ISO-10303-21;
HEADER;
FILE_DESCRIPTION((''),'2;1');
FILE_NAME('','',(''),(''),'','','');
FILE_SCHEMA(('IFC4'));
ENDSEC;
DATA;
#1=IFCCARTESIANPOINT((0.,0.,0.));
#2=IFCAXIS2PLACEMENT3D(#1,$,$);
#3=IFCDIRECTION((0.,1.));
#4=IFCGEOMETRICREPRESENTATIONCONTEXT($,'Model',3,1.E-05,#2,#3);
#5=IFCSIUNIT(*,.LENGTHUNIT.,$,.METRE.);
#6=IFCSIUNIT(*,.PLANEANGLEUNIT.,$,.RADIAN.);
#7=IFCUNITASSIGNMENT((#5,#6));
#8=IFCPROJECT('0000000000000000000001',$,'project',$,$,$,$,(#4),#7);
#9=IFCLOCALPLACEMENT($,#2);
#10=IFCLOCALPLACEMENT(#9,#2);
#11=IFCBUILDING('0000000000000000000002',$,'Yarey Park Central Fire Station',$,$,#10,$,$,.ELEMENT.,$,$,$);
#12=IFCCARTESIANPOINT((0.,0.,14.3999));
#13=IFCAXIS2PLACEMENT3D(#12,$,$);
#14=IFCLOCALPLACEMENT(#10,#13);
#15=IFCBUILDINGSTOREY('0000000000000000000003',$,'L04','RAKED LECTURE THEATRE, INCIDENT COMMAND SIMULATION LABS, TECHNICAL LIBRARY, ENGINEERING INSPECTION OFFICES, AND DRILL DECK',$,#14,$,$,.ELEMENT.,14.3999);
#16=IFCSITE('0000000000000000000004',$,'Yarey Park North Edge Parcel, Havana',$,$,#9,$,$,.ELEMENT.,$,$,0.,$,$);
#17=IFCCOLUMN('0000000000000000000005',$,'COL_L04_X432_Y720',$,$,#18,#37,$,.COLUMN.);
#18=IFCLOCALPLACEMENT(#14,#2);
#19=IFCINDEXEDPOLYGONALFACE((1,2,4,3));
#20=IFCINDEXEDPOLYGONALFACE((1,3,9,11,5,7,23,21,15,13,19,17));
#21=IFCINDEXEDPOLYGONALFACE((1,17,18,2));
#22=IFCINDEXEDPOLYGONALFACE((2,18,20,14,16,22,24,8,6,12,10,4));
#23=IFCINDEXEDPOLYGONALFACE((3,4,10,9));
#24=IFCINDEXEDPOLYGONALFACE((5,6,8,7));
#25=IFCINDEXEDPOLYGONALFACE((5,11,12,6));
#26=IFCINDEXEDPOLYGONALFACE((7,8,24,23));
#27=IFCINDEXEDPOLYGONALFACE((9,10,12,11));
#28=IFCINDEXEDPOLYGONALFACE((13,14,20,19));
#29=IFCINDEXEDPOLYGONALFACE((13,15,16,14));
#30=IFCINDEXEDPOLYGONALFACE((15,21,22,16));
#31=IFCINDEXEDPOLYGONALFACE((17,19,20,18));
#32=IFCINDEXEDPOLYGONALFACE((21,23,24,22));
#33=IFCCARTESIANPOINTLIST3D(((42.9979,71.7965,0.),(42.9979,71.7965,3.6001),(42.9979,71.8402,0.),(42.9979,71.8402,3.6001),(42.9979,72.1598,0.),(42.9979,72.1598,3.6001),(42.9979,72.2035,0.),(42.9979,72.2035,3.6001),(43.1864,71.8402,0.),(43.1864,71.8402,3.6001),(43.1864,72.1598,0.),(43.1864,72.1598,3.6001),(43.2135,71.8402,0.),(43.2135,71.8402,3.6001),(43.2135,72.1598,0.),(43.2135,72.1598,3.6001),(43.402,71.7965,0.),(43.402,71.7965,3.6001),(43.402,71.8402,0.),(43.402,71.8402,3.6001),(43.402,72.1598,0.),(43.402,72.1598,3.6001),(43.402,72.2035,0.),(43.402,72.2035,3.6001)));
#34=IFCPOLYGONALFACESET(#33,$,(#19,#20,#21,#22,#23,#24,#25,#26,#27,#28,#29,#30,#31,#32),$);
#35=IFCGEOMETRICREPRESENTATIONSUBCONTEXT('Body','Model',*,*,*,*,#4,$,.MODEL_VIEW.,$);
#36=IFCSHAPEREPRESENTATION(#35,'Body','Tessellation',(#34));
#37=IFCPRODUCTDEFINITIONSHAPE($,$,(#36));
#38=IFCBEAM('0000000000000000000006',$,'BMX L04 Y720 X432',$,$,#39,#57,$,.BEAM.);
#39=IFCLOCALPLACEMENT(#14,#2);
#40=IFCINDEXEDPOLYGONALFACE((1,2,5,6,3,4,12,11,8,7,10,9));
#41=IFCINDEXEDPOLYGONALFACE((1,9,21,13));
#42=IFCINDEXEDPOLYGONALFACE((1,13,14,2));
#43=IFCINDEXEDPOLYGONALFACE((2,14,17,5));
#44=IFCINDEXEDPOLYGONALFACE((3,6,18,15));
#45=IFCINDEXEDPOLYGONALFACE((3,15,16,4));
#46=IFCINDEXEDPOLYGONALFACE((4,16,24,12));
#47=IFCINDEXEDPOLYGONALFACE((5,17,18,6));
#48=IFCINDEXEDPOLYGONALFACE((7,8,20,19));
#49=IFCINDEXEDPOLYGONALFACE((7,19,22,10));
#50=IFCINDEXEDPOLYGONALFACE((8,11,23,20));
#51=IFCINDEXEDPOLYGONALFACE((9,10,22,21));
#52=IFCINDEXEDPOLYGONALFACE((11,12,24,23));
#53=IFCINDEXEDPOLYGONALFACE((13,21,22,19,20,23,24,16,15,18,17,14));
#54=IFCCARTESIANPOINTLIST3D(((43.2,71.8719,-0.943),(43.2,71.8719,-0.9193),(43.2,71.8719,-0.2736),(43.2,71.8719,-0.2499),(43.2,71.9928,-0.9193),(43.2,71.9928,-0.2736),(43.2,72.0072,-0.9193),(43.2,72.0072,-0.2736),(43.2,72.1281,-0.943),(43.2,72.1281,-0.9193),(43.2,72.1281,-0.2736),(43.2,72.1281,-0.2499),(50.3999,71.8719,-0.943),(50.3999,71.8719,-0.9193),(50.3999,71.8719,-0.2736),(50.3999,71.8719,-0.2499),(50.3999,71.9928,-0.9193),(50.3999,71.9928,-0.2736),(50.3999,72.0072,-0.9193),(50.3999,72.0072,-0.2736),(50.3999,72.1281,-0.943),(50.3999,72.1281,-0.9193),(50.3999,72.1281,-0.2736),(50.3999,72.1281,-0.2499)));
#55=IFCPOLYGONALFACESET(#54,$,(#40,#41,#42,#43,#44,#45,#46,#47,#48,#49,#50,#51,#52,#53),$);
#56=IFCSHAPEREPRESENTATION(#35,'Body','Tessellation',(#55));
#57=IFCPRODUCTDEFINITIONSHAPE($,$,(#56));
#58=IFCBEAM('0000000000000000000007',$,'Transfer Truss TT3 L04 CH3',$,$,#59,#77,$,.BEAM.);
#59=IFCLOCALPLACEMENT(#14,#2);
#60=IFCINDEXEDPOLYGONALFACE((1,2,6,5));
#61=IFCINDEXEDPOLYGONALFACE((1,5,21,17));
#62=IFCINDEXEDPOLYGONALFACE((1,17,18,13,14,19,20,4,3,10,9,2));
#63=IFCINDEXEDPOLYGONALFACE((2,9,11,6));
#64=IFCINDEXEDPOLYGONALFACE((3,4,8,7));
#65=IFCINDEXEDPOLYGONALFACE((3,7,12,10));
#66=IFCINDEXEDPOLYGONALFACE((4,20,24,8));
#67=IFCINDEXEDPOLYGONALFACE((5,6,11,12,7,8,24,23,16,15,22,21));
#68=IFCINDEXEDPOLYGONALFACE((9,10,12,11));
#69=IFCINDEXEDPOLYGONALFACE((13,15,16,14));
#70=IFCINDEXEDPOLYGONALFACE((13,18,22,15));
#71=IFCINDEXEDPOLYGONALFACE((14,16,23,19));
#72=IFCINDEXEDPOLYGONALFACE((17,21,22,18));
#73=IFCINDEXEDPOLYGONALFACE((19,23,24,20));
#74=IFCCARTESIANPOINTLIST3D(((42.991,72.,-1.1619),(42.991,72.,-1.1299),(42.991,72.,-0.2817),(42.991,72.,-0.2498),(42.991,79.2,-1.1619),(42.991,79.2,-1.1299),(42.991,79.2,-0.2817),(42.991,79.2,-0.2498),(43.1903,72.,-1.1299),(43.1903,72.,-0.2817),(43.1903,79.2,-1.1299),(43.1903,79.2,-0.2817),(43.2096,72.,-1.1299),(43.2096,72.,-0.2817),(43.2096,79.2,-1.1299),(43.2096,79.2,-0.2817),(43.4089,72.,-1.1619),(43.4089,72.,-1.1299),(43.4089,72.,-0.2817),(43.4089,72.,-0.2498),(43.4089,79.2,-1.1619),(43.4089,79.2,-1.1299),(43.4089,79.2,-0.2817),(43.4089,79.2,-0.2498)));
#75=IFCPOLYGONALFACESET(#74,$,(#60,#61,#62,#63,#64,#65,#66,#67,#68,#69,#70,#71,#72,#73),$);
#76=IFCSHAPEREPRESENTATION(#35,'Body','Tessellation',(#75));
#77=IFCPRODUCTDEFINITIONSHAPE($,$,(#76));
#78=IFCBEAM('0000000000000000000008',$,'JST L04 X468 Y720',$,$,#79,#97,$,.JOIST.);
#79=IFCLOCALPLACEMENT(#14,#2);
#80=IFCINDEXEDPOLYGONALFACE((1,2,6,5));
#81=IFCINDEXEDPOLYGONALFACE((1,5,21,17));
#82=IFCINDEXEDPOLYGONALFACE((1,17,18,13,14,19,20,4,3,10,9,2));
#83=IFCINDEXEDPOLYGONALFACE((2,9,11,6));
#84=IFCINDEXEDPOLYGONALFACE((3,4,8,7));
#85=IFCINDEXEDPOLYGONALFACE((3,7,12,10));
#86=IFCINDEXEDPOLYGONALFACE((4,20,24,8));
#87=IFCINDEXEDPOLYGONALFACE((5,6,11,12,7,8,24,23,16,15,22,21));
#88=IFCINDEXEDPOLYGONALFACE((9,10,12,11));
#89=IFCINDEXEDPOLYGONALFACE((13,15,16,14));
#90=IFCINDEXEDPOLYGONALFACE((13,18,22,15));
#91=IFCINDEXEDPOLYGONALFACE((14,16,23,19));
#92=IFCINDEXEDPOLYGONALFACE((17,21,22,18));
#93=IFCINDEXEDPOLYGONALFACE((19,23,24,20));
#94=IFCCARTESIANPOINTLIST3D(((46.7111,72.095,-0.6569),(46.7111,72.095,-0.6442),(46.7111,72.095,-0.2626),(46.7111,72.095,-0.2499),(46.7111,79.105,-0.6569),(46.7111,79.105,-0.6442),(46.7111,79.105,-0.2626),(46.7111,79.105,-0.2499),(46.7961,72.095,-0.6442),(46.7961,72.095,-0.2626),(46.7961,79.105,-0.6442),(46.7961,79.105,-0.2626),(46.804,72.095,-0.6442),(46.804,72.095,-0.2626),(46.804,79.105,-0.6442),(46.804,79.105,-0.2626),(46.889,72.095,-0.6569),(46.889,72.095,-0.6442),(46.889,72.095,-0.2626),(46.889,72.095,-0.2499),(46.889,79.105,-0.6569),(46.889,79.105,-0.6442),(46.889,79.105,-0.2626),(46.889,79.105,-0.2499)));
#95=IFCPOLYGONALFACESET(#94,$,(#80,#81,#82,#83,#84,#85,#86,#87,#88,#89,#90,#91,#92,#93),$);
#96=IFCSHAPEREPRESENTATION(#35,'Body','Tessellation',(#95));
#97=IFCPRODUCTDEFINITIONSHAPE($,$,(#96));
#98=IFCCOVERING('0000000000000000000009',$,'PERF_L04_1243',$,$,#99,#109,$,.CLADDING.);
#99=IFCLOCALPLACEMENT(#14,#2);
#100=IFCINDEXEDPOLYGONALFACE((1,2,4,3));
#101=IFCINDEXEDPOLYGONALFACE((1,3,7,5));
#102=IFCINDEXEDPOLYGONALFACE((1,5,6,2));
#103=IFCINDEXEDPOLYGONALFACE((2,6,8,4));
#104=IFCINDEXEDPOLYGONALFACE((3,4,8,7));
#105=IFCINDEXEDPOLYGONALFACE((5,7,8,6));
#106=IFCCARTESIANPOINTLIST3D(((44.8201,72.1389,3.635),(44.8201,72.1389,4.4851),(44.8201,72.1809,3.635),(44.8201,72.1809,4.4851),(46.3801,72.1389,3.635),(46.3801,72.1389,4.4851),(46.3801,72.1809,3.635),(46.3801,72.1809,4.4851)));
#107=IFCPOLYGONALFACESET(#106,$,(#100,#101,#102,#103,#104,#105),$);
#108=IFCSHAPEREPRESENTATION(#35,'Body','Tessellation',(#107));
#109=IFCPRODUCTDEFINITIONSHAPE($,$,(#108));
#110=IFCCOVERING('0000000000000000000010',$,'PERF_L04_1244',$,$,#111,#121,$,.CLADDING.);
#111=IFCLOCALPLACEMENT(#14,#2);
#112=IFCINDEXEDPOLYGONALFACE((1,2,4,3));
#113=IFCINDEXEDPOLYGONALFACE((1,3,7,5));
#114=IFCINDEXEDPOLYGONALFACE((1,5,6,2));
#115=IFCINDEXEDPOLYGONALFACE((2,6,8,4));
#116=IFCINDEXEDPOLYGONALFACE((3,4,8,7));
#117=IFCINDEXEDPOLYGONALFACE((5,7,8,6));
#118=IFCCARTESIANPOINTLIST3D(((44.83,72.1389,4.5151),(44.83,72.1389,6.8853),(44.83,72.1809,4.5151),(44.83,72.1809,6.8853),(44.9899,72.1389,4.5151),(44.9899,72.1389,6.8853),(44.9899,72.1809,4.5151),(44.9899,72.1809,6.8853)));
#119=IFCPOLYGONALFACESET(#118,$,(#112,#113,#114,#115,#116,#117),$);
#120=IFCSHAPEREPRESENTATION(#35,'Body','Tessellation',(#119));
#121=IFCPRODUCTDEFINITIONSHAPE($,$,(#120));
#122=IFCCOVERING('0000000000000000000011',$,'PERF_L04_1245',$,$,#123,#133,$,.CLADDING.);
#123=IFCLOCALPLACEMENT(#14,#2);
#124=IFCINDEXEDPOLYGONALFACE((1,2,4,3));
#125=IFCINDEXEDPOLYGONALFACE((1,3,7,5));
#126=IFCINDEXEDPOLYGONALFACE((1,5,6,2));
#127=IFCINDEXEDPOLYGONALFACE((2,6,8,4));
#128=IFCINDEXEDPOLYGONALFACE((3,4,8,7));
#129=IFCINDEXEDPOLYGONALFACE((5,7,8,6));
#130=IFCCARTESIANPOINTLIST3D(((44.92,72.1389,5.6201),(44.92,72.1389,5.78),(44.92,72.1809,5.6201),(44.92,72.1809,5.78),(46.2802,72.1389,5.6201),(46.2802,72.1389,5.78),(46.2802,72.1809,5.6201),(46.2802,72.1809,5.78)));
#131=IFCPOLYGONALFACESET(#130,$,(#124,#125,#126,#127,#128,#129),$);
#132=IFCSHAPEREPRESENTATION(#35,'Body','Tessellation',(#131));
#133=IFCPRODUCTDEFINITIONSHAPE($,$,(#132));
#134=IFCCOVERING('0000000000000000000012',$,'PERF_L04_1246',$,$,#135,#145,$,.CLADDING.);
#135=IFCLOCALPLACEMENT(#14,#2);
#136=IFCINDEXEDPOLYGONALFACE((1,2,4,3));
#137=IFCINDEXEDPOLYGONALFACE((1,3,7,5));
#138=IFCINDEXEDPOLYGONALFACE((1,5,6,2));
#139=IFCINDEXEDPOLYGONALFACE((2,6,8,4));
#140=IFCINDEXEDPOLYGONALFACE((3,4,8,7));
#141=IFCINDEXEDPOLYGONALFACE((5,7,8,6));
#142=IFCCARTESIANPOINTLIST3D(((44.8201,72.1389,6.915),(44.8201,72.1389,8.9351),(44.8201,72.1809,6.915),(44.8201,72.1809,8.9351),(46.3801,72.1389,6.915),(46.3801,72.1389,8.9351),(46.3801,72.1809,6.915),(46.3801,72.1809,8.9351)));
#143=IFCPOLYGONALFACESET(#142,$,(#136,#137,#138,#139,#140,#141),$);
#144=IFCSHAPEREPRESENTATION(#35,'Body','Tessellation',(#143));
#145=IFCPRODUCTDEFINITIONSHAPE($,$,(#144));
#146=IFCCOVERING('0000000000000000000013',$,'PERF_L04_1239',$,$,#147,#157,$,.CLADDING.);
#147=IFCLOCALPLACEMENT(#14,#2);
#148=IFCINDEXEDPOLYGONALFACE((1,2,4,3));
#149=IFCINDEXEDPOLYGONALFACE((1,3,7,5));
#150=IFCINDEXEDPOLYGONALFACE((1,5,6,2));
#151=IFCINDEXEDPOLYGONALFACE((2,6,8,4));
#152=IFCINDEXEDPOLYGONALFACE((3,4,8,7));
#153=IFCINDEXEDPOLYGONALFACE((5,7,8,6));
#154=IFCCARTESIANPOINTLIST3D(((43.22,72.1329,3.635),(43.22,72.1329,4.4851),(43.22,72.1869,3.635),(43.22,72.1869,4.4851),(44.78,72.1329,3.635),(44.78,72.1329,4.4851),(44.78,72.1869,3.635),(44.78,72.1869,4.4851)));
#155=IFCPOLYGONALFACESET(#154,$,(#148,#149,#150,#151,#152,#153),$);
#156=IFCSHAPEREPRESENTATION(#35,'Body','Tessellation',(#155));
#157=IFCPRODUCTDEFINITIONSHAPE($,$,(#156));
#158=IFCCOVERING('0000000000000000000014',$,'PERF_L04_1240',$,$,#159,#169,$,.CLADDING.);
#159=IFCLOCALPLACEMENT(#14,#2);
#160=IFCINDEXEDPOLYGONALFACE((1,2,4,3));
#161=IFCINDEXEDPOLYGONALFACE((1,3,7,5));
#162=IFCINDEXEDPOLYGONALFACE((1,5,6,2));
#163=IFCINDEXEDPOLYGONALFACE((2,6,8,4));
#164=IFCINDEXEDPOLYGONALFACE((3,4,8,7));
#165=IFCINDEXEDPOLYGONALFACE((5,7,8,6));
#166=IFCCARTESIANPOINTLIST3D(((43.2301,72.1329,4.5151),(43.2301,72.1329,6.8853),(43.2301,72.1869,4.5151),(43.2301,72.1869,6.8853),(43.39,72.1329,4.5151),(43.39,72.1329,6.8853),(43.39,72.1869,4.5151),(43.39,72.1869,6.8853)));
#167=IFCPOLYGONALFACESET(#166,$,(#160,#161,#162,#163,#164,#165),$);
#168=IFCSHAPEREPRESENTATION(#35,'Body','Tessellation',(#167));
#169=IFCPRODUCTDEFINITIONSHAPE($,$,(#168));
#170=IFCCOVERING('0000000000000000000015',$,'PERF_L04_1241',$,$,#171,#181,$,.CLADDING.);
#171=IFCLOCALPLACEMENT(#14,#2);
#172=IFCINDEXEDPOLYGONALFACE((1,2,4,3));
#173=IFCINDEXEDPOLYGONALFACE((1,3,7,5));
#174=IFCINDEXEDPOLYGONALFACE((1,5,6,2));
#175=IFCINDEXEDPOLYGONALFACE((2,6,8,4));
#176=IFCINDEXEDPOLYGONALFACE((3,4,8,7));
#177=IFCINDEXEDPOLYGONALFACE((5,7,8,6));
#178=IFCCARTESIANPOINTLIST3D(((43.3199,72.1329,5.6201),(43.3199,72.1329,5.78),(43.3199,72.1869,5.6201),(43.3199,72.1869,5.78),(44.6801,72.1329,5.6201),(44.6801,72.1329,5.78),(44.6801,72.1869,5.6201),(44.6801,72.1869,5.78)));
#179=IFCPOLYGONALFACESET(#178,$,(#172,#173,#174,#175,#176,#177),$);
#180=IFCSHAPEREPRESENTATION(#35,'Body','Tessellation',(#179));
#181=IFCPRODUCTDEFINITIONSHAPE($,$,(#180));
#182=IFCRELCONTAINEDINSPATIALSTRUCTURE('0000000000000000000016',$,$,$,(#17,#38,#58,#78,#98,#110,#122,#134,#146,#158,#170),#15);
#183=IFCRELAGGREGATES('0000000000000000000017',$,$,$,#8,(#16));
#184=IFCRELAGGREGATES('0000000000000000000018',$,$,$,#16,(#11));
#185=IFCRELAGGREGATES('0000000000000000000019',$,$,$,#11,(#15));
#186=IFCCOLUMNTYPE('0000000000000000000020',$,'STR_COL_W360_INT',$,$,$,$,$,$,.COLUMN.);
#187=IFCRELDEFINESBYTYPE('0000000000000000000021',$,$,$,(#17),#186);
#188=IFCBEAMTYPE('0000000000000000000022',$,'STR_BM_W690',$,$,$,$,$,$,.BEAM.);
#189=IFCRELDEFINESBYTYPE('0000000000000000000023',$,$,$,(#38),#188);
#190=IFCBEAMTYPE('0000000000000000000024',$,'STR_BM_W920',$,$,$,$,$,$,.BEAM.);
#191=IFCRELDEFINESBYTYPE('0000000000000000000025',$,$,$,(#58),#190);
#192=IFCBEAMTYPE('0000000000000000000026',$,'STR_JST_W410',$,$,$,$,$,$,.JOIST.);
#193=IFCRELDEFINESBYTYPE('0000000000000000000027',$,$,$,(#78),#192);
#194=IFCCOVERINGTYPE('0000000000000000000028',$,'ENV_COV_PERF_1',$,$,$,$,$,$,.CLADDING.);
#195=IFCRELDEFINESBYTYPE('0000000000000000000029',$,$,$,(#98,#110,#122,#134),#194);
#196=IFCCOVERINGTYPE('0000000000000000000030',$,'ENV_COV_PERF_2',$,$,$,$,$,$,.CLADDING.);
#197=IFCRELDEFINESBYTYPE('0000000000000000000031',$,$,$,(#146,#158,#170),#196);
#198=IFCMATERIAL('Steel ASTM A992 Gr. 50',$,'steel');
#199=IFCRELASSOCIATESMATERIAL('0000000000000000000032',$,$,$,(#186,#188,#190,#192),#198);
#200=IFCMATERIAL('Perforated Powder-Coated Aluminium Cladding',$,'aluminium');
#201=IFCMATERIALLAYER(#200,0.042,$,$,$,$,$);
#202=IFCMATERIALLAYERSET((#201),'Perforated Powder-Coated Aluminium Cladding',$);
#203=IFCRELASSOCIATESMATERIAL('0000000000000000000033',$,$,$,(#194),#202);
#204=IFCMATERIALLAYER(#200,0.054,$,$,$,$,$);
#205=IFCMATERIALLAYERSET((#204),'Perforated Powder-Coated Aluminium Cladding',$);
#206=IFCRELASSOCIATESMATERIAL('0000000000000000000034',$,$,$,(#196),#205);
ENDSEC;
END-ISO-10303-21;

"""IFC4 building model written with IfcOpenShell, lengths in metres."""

from ifc_helpers import new_model, si_unit, direction, frame, origin, origin_2d, place, context, subcontext, project, spatial, rectangle, i_section, extrude, material, layer, layer_set, material_profile, profile_set, type_object, element, save


model = new_model("IFC4")

# Units and contexts
model_context = context("Model", 3, precision=1e-05, world=origin(), true_north=direction((0.0, 1.0)))
body_context = subcontext(model_context, "Body", "Model", "MODEL_VIEW")
ifc_project = project(units=[si_unit("LENGTHUNIT", "METRE"), si_unit("PLANEANGLEUNIT", "RADIAN")], contexts=[model_context])

# Site, building, storey
site_placement = place(None, origin())
site = spatial("IfcSite", under=ifc_project, at=site_placement, Name="Yarey Park North Edge Parcel, Havana", CompositionType="ELEMENT", RefElevation=0.0)
building_placement = place(site_placement, origin())
building = spatial("IfcBuilding", under=site, at=building_placement, Name="Yarey Park Central Fire Station", CompositionType="ELEMENT")
storey_placement = place(building_placement, frame((0.0, 0.0, 14.3999)))
storey = spatial("IfcBuildingStorey", under=building, at=storey_placement, Name="L04", Description="RAKED LECTURE THEATRE, INCIDENT COMMAND SIMULATION LABS, TECHNICAL LIBRARY, ENGINEERING INSPECTION OFFICES, AND DRILL DECK", CompositionType="ELEMENT", Elevation=14.3999)

# Column
ifc_material_1 = material(Name="Steel ASTM A992 Gr. 50", Category="steel")
ifc_material_profile_1 = material_profile(ifc_material_1, i_section(OverallWidth=0.4041, OverallDepth=0.407, WebThickness=0.0271, FlangeThickness=0.0437, at=origin_2d()), Name="W360x347")
ifc_profile_set_1 = profile_set([ifc_material_profile_1], Name="Steel ASTM A992 Gr. 50")
column_type = type_object("IfcColumnType", Name="STR_COL_W360_INT", PredefinedType="COLUMN", material=ifc_profile_set_1)
column_placement = place(storey_placement, frame((43.2, 72.0, 0.0), z_axis=(0.0, 0.0, 1.0), x_axis=(1.0, 0.0, 0.0)))
element("IfcColumn", 1, at=column_placement, inside=storey, type_object=column_type, Name="COL_L04_X432_Y720", PredefinedType="COLUMN", context=body_context, shape_type="SweptSolid", body=[
    extrude(i_section(OverallWidth=0.4041, OverallDepth=0.407, WebThickness=0.0271, FlangeThickness=0.0437, at=origin_2d()), origin(), (0.0, 0.0, 1.0), 3.6001),
])

# Beams
ifc_material_profile_2 = material_profile(ifc_material_1, i_section(OverallWidth=0.2561, OverallDepth=0.6931, WebThickness=0.0144, FlangeThickness=0.0237, at=origin_2d()), Name="W690x170")
ifc_profile_set_2 = profile_set([ifc_material_profile_2], Name="Steel ASTM A992 Gr. 50")
beam_type_1 = type_object("IfcBeamType", Name="STR_BM_W690", PredefinedType="BEAM", material=ifc_profile_set_2)
beam_1_placement = place(storey_placement, frame((43.2, 72.0, -0.5964), z_axis=(1.0, 0.0, 0.0), x_axis=(0.0, 1.0, 0.0)))
element("IfcBeam", 2, at=beam_1_placement, inside=storey, type_object=beam_type_1, Name="BMX L04 Y720 X432", PredefinedType="BEAM", context=body_context, shape_type="SweptSolid", body=[
    extrude(i_section(OverallWidth=0.2561, OverallDepth=0.6931, WebThickness=0.0144, FlangeThickness=0.0237, at=origin_2d()), origin(), (0.0, 0.0, 1.0), 7.2),
])
ifc_material_profile_3 = material_profile(ifc_material_1, i_section(OverallWidth=0.418, OverallDepth=0.9121, WebThickness=0.0193, FlangeThickness=0.032, at=origin_2d()), Name="W920x342")
ifc_profile_set_3 = profile_set([ifc_material_profile_3], Name="Steel ASTM A992 Gr. 50")
beam_type_2 = type_object("IfcBeamType", Name="STR_BM_W920", PredefinedType="BEAM", material=ifc_profile_set_3)
beam_2_placement = place(storey_placement, frame((43.2, 72.0, -0.7058), z_axis=(0.0, 1.0, 0.0), x_axis=(-1.0, 0.0, 0.0)))
element("IfcBeam", 3, at=beam_2_placement, inside=storey, type_object=beam_type_2, Name="Transfer Truss TT3 L04 CH3", PredefinedType="BEAM", context=body_context, shape_type="SweptSolid", body=[
    extrude(i_section(OverallWidth=0.418, OverallDepth=0.9121, WebThickness=0.0193, FlangeThickness=0.032, at=origin_2d()), origin(), (0.0, 0.0, 1.0), 7.2),
])
ifc_material_profile_4 = material_profile(ifc_material_1, i_section(OverallWidth=0.178, OverallDepth=0.407, WebThickness=0.0078, FlangeThickness=0.0127, at=origin_2d()), Name="W410x60")
ifc_profile_set_4 = profile_set([ifc_material_profile_4], Name="Steel ASTM A992 Gr. 50")
beam_type_3 = type_object("IfcBeamType", Name="STR_JST_W410", PredefinedType="JOIST", material=ifc_profile_set_4)
beam_3_placement = place(storey_placement, frame((46.8, 72.095, -0.4534), z_axis=(0.0, 1.0, 0.0), x_axis=(-1.0, 0.0, 0.0)))
element("IfcBeam", 4, at=beam_3_placement, inside=storey, type_object=beam_type_3, Name="JST L04 X468 Y720", PredefinedType="JOIST", context=body_context, shape_type="SweptSolid", body=[
    extrude(i_section(OverallWidth=0.178, OverallDepth=0.407, WebThickness=0.0078, FlangeThickness=0.0127, at=origin_2d()), origin(), (0.0, 0.0, 1.0), 7.01),
])

# Coverings
ifc_material_2 = material(Name="Perforated Powder-Coated Aluminium Cladding", Category="aluminium")
ifc_layer_1 = layer(ifc_material_2, 0.042)
ifc_layer_set_1 = layer_set([ifc_layer_1], Name="Perforated Powder-Coated Aluminium Cladding")
covering_type_1 = type_object("IfcCoveringType", Name="ENV_COV_PERF_1", PredefinedType="CLADDING", material=ifc_layer_set_1)
covering_1_placement = place(storey_placement, frame((45.6001, 72.1599, 3.635), z_axis=(0.0, 0.0, 1.0), x_axis=(1.0, 0.0, 0.0)))
element("IfcCovering", 5, at=covering_1_placement, inside=storey, type_object=covering_type_1, Name="PERF_L04_1243", PredefinedType="CLADDING", context=body_context, shape_type="SweptSolid", body=[
    extrude(rectangle(XDim=1.5601, YDim=0.042, at=origin_2d()), origin(), (0.0, 0.0, 1.0), 0.8501),
])
covering_2_placement = place(storey_placement, frame((44.9099, 72.1599, 4.5151), z_axis=(0.0, 0.0, 1.0), x_axis=(1.0, 0.0, 0.0)))
element("IfcCovering", 6, at=covering_2_placement, inside=storey, type_object=covering_type_1, Name="PERF_L04_1244", PredefinedType="CLADDING", context=body_context, shape_type="SweptSolid", body=[
    extrude(rectangle(XDim=0.1599, YDim=0.042, at=origin_2d()), origin(), (0.0, 0.0, 1.0), 2.3701),
])
covering_3_placement = place(storey_placement, frame((45.6001, 72.1599, 5.6201), z_axis=(0.0, 0.0, 1.0), x_axis=(1.0, 0.0, 0.0)))
element("IfcCovering", 7, at=covering_3_placement, inside=storey, type_object=covering_type_1, Name="PERF_L04_1245", PredefinedType="CLADDING", context=body_context, shape_type="SweptSolid", body=[
    extrude(rectangle(XDim=1.3601, YDim=0.042, at=origin_2d()), origin(), (0.0, 0.0, 1.0), 0.1599),
])
covering_4_placement = place(storey_placement, frame((45.6001, 72.1599, 6.915), z_axis=(0.0, 0.0, 1.0), x_axis=(1.0, 0.0, 0.0)))
element("IfcCovering", 8, at=covering_4_placement, inside=storey, type_object=covering_type_1, Name="PERF_L04_1246", PredefinedType="CLADDING", context=body_context, shape_type="SweptSolid", body=[
    extrude(rectangle(XDim=1.5601, YDim=0.042, at=origin_2d()), origin(), (0.0, 0.0, 1.0), 2.02),
])
ifc_layer_2 = layer(ifc_material_2, 0.054)
ifc_layer_set_2 = layer_set([ifc_layer_2], Name="Perforated Powder-Coated Aluminium Cladding")
covering_type_2 = type_object("IfcCoveringType", Name="ENV_COV_PERF_2", PredefinedType="CLADDING", material=ifc_layer_set_2)
covering_5_placement = place(storey_placement, frame((44.0, 72.1599, 3.635), z_axis=(0.0, 0.0, 1.0), x_axis=(1.0, 0.0, 0.0)))
element("IfcCovering", 9, at=covering_5_placement, inside=storey, type_object=covering_type_2, Name="PERF_L04_1239", PredefinedType="CLADDING", context=body_context, shape_type="SweptSolid", body=[
    extrude(rectangle(XDim=1.5601, YDim=0.054, at=origin_2d()), origin(), (0.0, 0.0, 1.0), 0.8501),
])
covering_6_placement = place(storey_placement, frame((43.3101, 72.1599, 4.5151), z_axis=(0.0, 0.0, 1.0), x_axis=(1.0, 0.0, 0.0)))
element("IfcCovering", 10, at=covering_6_placement, inside=storey, type_object=covering_type_2, Name="PERF_L04_1240", PredefinedType="CLADDING", context=body_context, shape_type="SweptSolid", body=[
    extrude(rectangle(XDim=0.1599, YDim=0.054, at=origin_2d()), origin(), (0.0, 0.0, 1.0), 2.3701),
])
covering_7_placement = place(storey_placement, frame((44.0, 72.1599, 5.6201), z_axis=(0.0, 0.0, 1.0), x_axis=(1.0, 0.0, 0.0)))
element("IfcCovering", 11, at=covering_7_placement, inside=storey, type_object=covering_type_2, Name="PERF_L04_1241", PredefinedType="CLADDING", context=body_context, shape_type="SweptSolid", body=[
    extrude(rectangle(XDim=1.3601, YDim=0.054, at=origin_2d()), origin(), (0.0, 0.0, 1.0), 0.1599),
])

save(model, "model.ifc")
